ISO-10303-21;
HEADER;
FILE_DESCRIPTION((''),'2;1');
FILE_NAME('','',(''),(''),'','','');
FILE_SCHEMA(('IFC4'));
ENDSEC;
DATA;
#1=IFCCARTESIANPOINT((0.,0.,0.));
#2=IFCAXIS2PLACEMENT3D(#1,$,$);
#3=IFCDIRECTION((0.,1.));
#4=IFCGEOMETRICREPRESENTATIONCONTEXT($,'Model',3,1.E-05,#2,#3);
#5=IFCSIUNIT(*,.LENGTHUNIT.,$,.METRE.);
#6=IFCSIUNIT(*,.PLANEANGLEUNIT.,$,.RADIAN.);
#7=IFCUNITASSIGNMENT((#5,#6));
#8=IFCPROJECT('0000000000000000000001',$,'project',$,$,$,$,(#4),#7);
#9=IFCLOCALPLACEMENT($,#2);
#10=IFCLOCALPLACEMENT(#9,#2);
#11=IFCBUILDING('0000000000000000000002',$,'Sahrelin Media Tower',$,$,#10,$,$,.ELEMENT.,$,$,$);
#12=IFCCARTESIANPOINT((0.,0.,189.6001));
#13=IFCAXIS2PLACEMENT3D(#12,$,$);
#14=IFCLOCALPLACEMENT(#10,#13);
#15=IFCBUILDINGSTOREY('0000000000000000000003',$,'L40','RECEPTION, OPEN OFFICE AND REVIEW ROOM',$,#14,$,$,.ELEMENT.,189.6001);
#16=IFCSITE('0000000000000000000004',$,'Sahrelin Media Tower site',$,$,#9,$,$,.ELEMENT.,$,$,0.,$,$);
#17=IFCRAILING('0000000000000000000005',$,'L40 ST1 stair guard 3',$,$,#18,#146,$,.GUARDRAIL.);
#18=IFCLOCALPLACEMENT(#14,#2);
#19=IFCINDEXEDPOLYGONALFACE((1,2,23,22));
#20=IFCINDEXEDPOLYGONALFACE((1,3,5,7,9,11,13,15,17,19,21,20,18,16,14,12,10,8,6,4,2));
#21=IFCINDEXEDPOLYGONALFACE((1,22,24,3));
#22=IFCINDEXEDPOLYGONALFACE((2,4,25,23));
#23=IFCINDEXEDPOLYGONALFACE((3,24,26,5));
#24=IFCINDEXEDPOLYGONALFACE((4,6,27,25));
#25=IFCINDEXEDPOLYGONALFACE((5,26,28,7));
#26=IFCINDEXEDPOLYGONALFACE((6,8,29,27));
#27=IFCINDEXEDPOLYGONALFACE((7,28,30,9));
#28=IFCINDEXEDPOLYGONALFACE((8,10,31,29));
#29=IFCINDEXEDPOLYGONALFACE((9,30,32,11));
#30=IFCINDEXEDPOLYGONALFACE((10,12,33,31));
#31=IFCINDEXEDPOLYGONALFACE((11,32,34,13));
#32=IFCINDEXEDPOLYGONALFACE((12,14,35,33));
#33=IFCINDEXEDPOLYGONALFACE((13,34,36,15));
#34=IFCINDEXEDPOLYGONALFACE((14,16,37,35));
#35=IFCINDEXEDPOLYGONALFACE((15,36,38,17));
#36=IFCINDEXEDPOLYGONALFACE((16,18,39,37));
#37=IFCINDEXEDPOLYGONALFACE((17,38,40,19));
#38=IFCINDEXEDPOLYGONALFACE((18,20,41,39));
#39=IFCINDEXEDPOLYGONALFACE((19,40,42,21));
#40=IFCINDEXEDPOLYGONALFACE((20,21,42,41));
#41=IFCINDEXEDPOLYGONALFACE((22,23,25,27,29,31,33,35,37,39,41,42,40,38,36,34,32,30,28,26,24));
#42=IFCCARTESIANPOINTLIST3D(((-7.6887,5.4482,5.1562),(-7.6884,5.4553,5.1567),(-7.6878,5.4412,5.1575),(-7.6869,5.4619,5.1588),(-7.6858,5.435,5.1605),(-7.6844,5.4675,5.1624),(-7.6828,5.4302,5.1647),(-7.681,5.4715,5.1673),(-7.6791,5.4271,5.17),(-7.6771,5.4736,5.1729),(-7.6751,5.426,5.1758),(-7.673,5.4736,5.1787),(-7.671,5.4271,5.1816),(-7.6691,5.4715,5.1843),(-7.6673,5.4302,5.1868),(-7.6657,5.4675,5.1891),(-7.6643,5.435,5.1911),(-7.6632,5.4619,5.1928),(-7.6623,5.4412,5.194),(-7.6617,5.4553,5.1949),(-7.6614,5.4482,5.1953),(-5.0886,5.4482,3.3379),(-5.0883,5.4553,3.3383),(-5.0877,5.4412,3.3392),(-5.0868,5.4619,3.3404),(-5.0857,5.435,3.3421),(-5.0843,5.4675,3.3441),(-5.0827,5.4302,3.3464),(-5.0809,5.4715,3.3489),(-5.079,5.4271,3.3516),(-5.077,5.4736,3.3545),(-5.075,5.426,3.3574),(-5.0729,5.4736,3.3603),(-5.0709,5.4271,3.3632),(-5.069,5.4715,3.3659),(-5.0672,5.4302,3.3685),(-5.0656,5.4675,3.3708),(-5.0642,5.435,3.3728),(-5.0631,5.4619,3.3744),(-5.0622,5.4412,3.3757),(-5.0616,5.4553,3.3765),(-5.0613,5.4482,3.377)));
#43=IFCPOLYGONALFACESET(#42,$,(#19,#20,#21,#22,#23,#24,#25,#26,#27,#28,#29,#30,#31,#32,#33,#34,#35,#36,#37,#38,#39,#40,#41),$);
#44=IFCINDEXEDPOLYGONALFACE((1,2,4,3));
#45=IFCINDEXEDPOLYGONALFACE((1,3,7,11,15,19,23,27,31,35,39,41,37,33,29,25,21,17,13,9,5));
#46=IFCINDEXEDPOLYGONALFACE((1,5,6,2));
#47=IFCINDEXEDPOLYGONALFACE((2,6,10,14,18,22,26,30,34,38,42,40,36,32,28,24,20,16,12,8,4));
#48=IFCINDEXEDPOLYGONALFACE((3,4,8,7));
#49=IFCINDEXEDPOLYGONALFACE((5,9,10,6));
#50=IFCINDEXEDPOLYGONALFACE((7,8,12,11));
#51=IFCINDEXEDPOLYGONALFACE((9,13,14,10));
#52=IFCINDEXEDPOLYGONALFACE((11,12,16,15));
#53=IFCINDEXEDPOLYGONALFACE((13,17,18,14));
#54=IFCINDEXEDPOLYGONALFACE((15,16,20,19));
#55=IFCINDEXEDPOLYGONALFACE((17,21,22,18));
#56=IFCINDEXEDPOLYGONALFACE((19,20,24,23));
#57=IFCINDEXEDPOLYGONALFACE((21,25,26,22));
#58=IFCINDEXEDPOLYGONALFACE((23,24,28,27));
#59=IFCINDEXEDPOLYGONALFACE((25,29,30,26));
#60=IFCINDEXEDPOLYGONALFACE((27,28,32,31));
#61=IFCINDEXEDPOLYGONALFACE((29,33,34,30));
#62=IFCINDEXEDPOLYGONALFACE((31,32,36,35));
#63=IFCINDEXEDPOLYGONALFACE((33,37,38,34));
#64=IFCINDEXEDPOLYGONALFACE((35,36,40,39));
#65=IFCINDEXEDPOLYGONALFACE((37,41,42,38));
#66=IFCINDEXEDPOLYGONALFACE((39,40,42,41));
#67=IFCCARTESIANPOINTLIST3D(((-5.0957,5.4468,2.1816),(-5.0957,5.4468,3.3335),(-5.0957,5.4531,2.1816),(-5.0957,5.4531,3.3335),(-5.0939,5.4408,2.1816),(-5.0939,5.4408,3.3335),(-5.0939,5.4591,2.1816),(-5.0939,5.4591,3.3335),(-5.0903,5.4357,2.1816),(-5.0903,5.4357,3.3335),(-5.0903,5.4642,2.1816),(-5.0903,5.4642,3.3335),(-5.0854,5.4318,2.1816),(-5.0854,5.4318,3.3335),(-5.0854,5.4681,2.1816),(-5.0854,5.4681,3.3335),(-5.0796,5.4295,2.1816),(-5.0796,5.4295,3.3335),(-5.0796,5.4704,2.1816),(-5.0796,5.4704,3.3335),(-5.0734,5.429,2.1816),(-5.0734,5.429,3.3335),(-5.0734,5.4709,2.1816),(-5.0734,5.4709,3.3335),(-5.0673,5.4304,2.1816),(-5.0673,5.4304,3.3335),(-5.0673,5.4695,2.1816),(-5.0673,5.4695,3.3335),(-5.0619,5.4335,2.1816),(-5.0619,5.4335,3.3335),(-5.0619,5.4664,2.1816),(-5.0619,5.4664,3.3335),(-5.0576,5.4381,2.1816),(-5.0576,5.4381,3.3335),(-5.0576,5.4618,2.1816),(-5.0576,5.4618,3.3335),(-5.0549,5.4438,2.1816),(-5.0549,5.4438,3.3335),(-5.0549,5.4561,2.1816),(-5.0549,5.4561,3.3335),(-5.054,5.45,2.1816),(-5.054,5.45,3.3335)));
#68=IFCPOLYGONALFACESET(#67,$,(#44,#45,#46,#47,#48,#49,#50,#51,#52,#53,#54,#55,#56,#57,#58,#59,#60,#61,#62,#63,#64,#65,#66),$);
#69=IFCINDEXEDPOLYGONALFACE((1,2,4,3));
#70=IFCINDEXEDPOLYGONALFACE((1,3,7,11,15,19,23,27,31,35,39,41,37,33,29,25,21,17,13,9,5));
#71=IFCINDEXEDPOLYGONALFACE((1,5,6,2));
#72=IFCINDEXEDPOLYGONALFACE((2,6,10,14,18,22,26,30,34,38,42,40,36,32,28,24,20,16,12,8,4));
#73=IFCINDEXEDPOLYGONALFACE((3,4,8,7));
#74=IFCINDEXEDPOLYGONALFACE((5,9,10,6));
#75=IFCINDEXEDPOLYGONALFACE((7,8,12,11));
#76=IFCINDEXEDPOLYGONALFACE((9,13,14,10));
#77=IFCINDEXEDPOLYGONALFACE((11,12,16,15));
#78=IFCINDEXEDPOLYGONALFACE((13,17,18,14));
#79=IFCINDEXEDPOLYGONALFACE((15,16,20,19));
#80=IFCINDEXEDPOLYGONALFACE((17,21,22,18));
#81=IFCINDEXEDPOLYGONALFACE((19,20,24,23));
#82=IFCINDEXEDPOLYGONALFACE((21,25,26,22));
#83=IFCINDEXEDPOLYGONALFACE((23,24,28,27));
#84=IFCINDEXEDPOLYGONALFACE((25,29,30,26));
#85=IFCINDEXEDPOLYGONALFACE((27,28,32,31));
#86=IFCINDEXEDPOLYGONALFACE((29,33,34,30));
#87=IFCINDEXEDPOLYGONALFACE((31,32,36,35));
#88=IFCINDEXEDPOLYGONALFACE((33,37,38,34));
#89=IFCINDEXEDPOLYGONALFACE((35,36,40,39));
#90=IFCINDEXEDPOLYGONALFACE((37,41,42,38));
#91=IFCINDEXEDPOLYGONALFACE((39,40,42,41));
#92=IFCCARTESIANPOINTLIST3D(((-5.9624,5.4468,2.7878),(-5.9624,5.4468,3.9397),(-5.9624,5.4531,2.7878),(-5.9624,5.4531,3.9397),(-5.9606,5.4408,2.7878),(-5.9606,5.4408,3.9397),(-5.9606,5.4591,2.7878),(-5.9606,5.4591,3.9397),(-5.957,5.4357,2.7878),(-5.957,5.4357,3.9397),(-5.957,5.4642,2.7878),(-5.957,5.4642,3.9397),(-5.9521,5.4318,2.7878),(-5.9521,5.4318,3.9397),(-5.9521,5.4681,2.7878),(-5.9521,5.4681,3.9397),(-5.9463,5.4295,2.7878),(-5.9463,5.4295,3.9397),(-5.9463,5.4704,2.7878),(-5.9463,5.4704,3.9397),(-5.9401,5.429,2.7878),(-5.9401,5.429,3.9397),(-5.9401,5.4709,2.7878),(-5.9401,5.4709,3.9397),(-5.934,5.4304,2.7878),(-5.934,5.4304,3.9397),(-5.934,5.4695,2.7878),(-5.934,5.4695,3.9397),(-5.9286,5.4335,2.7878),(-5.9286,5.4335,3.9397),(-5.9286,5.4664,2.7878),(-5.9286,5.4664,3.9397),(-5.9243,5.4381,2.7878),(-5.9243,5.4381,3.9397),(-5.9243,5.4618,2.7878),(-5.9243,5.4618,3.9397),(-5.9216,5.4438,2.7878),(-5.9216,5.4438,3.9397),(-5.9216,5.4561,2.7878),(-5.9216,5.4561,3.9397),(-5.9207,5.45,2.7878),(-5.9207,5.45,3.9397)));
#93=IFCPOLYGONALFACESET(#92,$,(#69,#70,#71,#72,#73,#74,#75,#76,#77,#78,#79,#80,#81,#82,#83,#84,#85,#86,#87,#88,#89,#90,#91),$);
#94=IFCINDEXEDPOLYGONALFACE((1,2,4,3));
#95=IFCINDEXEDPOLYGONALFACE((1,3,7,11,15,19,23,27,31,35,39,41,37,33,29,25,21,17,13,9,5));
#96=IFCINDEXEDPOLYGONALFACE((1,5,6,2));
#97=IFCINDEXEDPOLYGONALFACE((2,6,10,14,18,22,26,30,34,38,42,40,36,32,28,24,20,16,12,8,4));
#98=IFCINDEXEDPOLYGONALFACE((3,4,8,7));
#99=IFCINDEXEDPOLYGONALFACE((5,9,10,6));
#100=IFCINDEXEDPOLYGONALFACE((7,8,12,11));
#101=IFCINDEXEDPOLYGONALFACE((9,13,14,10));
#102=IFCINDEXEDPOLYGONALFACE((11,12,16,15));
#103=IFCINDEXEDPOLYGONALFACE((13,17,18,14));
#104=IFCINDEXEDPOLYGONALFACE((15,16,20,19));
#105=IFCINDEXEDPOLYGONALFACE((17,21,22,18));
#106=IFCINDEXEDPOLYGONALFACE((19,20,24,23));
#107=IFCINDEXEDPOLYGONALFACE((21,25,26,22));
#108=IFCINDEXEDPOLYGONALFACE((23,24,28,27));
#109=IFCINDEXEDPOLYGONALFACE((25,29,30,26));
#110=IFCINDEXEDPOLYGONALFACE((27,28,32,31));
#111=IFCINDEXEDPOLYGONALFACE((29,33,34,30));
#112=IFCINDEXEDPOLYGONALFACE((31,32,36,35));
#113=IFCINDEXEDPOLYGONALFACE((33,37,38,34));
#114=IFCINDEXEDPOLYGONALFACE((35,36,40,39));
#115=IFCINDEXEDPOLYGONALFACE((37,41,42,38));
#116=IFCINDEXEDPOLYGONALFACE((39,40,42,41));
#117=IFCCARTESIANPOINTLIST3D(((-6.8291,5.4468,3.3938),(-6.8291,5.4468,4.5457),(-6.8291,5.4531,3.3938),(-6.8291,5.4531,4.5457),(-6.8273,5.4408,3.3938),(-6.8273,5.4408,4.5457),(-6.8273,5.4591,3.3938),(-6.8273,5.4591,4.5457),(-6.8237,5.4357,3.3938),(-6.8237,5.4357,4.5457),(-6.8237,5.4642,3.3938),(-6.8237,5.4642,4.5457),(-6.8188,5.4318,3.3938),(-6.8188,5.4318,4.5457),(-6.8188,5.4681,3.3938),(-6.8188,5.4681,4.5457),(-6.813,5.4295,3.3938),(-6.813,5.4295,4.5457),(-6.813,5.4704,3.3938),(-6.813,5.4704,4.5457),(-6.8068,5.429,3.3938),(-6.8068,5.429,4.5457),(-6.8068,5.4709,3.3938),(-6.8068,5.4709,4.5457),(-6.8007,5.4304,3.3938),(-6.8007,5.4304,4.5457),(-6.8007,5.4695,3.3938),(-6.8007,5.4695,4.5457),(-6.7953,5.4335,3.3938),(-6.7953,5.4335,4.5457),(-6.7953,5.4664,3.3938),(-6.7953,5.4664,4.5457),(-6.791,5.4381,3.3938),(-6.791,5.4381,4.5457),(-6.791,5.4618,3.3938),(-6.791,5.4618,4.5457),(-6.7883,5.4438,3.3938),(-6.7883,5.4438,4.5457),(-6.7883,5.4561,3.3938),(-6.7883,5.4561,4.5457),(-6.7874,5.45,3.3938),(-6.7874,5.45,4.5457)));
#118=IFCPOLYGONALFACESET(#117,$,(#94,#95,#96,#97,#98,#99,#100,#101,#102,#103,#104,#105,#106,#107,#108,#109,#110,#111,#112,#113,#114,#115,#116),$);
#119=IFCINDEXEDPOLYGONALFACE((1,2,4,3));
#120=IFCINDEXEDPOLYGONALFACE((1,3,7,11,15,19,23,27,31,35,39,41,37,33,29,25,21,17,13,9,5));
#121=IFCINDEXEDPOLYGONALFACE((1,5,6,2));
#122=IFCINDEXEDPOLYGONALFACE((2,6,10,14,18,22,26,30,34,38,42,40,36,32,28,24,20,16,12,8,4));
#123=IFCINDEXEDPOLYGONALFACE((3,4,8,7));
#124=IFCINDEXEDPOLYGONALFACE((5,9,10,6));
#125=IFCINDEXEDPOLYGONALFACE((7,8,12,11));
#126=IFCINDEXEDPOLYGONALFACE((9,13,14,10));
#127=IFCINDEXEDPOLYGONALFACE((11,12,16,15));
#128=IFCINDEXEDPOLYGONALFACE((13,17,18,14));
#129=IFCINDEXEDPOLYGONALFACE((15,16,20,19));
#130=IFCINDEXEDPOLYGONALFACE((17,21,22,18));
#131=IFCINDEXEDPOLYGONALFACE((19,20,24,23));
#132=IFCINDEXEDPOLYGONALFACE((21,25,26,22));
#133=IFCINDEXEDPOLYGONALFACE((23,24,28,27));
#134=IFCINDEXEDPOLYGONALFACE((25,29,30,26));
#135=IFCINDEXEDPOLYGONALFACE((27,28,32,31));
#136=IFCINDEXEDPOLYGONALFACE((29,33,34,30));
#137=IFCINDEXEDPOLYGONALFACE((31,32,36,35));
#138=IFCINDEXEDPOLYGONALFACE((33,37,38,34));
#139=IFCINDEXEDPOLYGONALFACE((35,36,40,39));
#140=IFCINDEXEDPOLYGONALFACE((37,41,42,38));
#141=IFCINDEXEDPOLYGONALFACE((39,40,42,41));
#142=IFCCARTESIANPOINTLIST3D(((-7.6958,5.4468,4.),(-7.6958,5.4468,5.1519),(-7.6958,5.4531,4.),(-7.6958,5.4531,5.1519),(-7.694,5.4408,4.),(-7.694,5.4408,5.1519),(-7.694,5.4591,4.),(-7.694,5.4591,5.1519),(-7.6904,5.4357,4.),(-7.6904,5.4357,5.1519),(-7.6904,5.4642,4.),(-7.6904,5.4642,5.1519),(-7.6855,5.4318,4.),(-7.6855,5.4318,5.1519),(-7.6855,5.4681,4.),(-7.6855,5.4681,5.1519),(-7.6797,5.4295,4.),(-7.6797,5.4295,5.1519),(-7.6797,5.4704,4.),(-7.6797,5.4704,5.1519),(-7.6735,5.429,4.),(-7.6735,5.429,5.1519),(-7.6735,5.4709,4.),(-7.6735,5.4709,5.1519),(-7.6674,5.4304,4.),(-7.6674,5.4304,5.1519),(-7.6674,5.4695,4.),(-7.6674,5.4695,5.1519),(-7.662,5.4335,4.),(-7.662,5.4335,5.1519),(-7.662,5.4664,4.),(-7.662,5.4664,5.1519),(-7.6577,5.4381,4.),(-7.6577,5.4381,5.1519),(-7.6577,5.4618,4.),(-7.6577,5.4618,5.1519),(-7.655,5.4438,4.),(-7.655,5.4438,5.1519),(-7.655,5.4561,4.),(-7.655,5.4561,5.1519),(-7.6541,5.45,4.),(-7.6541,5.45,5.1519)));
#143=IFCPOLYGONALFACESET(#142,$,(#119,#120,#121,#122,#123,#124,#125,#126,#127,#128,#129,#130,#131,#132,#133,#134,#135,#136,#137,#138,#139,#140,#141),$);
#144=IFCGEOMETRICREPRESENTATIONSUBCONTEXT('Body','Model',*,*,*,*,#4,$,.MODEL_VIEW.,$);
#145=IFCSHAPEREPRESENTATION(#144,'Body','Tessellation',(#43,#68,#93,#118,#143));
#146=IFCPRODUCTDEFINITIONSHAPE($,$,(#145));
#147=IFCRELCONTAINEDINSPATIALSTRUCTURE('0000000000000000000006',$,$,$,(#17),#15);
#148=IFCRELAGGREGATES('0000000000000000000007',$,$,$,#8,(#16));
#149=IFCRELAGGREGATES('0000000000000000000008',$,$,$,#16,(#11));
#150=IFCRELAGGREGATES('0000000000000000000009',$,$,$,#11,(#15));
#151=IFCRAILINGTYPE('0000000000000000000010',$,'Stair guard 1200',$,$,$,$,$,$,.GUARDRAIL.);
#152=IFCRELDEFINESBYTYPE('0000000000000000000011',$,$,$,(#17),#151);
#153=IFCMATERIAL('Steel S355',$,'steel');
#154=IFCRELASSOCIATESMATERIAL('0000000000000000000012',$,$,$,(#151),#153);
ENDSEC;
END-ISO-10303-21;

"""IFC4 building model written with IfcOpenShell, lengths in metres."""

from ifc_helpers import new_model, si_unit, direction, frame, origin, origin_2d, place, context, subcontext, project, spatial, circle, extrude, material, type_object, element, save


model = new_model("IFC4")

# Units and contexts
model_context = context("Model", 3, precision=1e-05, world=origin(), true_north=direction((0.0, 1.0)))
body_context = subcontext(model_context, "Body", "Model", "MODEL_VIEW")
ifc_project = project(units=[si_unit("LENGTHUNIT", "METRE"), si_unit("PLANEANGLEUNIT", "RADIAN")], contexts=[model_context])

# Site, building, storey
site_placement = place(None, origin())
site = spatial("IfcSite", under=ifc_project, at=site_placement, Name="Sahrelin Media Tower site", CompositionType="ELEMENT", RefElevation=0.0)
building_placement = place(site_placement, origin())
building = spatial("IfcBuilding", under=site, at=building_placement, Name="Sahrelin Media Tower", CompositionType="ELEMENT")
storey_placement = place(building_placement, frame((0.0, 0.0, 189.6001)))
storey = spatial("IfcBuildingStorey", under=building, at=storey_placement, Name="L40", Description="RECEPTION, OPEN OFFICE AND REVIEW ROOM", CompositionType="ELEMENT", Elevation=189.6001)

# Shared definitions
ifc_material_1 = material(Name="Steel S355", Category="steel")

# Railing
railing_type_1 = type_object("IfcRailingType", Name="Stair guard 1200", PredefinedType="GUARDRAIL", material=ifc_material_1)
railing_1_placement = place(storey_placement, frame((-5.075, 5.45, 2.1816)))
element("IfcRailing", 1, at=railing_1_placement, inside=storey, type_object=railing_type_1, Name="L40 ST1 stair guard 3", PredefinedType="GUARDRAIL", context=body_context, shape_type="SweptSolid", body=[
    extrude(circle(Radius=0.0239, at=origin_2d()), frame((0.0, 0.0, 1.1758), z_axis=(-0.819485, 0.0, 0.573101), x_axis=(0.0, -1.0, 0.0)), (0.0, 0.0, 1.0), 3.1729),
    extrude(circle(Radius=0.021, at=origin_2d()), origin(), (0.0, 0.0, 1.0), 1.1519),
    extrude(circle(Radius=0.021, at=origin_2d()), frame((-0.8667, 0.0, 0.6062)), (0.0, 0.0, 1.0), 1.1519),
    extrude(circle(Radius=0.021, at=origin_2d()), frame((-1.7334, 0.0, 1.2122)), (0.0, 0.0, 1.0), 1.1519),
    extrude(circle(Radius=0.021, at=origin_2d()), frame((-2.6001, 0.0, 1.8184)), (0.0, 0.0, 1.0), 1.1519),
])

save(model, "model.ifc")
